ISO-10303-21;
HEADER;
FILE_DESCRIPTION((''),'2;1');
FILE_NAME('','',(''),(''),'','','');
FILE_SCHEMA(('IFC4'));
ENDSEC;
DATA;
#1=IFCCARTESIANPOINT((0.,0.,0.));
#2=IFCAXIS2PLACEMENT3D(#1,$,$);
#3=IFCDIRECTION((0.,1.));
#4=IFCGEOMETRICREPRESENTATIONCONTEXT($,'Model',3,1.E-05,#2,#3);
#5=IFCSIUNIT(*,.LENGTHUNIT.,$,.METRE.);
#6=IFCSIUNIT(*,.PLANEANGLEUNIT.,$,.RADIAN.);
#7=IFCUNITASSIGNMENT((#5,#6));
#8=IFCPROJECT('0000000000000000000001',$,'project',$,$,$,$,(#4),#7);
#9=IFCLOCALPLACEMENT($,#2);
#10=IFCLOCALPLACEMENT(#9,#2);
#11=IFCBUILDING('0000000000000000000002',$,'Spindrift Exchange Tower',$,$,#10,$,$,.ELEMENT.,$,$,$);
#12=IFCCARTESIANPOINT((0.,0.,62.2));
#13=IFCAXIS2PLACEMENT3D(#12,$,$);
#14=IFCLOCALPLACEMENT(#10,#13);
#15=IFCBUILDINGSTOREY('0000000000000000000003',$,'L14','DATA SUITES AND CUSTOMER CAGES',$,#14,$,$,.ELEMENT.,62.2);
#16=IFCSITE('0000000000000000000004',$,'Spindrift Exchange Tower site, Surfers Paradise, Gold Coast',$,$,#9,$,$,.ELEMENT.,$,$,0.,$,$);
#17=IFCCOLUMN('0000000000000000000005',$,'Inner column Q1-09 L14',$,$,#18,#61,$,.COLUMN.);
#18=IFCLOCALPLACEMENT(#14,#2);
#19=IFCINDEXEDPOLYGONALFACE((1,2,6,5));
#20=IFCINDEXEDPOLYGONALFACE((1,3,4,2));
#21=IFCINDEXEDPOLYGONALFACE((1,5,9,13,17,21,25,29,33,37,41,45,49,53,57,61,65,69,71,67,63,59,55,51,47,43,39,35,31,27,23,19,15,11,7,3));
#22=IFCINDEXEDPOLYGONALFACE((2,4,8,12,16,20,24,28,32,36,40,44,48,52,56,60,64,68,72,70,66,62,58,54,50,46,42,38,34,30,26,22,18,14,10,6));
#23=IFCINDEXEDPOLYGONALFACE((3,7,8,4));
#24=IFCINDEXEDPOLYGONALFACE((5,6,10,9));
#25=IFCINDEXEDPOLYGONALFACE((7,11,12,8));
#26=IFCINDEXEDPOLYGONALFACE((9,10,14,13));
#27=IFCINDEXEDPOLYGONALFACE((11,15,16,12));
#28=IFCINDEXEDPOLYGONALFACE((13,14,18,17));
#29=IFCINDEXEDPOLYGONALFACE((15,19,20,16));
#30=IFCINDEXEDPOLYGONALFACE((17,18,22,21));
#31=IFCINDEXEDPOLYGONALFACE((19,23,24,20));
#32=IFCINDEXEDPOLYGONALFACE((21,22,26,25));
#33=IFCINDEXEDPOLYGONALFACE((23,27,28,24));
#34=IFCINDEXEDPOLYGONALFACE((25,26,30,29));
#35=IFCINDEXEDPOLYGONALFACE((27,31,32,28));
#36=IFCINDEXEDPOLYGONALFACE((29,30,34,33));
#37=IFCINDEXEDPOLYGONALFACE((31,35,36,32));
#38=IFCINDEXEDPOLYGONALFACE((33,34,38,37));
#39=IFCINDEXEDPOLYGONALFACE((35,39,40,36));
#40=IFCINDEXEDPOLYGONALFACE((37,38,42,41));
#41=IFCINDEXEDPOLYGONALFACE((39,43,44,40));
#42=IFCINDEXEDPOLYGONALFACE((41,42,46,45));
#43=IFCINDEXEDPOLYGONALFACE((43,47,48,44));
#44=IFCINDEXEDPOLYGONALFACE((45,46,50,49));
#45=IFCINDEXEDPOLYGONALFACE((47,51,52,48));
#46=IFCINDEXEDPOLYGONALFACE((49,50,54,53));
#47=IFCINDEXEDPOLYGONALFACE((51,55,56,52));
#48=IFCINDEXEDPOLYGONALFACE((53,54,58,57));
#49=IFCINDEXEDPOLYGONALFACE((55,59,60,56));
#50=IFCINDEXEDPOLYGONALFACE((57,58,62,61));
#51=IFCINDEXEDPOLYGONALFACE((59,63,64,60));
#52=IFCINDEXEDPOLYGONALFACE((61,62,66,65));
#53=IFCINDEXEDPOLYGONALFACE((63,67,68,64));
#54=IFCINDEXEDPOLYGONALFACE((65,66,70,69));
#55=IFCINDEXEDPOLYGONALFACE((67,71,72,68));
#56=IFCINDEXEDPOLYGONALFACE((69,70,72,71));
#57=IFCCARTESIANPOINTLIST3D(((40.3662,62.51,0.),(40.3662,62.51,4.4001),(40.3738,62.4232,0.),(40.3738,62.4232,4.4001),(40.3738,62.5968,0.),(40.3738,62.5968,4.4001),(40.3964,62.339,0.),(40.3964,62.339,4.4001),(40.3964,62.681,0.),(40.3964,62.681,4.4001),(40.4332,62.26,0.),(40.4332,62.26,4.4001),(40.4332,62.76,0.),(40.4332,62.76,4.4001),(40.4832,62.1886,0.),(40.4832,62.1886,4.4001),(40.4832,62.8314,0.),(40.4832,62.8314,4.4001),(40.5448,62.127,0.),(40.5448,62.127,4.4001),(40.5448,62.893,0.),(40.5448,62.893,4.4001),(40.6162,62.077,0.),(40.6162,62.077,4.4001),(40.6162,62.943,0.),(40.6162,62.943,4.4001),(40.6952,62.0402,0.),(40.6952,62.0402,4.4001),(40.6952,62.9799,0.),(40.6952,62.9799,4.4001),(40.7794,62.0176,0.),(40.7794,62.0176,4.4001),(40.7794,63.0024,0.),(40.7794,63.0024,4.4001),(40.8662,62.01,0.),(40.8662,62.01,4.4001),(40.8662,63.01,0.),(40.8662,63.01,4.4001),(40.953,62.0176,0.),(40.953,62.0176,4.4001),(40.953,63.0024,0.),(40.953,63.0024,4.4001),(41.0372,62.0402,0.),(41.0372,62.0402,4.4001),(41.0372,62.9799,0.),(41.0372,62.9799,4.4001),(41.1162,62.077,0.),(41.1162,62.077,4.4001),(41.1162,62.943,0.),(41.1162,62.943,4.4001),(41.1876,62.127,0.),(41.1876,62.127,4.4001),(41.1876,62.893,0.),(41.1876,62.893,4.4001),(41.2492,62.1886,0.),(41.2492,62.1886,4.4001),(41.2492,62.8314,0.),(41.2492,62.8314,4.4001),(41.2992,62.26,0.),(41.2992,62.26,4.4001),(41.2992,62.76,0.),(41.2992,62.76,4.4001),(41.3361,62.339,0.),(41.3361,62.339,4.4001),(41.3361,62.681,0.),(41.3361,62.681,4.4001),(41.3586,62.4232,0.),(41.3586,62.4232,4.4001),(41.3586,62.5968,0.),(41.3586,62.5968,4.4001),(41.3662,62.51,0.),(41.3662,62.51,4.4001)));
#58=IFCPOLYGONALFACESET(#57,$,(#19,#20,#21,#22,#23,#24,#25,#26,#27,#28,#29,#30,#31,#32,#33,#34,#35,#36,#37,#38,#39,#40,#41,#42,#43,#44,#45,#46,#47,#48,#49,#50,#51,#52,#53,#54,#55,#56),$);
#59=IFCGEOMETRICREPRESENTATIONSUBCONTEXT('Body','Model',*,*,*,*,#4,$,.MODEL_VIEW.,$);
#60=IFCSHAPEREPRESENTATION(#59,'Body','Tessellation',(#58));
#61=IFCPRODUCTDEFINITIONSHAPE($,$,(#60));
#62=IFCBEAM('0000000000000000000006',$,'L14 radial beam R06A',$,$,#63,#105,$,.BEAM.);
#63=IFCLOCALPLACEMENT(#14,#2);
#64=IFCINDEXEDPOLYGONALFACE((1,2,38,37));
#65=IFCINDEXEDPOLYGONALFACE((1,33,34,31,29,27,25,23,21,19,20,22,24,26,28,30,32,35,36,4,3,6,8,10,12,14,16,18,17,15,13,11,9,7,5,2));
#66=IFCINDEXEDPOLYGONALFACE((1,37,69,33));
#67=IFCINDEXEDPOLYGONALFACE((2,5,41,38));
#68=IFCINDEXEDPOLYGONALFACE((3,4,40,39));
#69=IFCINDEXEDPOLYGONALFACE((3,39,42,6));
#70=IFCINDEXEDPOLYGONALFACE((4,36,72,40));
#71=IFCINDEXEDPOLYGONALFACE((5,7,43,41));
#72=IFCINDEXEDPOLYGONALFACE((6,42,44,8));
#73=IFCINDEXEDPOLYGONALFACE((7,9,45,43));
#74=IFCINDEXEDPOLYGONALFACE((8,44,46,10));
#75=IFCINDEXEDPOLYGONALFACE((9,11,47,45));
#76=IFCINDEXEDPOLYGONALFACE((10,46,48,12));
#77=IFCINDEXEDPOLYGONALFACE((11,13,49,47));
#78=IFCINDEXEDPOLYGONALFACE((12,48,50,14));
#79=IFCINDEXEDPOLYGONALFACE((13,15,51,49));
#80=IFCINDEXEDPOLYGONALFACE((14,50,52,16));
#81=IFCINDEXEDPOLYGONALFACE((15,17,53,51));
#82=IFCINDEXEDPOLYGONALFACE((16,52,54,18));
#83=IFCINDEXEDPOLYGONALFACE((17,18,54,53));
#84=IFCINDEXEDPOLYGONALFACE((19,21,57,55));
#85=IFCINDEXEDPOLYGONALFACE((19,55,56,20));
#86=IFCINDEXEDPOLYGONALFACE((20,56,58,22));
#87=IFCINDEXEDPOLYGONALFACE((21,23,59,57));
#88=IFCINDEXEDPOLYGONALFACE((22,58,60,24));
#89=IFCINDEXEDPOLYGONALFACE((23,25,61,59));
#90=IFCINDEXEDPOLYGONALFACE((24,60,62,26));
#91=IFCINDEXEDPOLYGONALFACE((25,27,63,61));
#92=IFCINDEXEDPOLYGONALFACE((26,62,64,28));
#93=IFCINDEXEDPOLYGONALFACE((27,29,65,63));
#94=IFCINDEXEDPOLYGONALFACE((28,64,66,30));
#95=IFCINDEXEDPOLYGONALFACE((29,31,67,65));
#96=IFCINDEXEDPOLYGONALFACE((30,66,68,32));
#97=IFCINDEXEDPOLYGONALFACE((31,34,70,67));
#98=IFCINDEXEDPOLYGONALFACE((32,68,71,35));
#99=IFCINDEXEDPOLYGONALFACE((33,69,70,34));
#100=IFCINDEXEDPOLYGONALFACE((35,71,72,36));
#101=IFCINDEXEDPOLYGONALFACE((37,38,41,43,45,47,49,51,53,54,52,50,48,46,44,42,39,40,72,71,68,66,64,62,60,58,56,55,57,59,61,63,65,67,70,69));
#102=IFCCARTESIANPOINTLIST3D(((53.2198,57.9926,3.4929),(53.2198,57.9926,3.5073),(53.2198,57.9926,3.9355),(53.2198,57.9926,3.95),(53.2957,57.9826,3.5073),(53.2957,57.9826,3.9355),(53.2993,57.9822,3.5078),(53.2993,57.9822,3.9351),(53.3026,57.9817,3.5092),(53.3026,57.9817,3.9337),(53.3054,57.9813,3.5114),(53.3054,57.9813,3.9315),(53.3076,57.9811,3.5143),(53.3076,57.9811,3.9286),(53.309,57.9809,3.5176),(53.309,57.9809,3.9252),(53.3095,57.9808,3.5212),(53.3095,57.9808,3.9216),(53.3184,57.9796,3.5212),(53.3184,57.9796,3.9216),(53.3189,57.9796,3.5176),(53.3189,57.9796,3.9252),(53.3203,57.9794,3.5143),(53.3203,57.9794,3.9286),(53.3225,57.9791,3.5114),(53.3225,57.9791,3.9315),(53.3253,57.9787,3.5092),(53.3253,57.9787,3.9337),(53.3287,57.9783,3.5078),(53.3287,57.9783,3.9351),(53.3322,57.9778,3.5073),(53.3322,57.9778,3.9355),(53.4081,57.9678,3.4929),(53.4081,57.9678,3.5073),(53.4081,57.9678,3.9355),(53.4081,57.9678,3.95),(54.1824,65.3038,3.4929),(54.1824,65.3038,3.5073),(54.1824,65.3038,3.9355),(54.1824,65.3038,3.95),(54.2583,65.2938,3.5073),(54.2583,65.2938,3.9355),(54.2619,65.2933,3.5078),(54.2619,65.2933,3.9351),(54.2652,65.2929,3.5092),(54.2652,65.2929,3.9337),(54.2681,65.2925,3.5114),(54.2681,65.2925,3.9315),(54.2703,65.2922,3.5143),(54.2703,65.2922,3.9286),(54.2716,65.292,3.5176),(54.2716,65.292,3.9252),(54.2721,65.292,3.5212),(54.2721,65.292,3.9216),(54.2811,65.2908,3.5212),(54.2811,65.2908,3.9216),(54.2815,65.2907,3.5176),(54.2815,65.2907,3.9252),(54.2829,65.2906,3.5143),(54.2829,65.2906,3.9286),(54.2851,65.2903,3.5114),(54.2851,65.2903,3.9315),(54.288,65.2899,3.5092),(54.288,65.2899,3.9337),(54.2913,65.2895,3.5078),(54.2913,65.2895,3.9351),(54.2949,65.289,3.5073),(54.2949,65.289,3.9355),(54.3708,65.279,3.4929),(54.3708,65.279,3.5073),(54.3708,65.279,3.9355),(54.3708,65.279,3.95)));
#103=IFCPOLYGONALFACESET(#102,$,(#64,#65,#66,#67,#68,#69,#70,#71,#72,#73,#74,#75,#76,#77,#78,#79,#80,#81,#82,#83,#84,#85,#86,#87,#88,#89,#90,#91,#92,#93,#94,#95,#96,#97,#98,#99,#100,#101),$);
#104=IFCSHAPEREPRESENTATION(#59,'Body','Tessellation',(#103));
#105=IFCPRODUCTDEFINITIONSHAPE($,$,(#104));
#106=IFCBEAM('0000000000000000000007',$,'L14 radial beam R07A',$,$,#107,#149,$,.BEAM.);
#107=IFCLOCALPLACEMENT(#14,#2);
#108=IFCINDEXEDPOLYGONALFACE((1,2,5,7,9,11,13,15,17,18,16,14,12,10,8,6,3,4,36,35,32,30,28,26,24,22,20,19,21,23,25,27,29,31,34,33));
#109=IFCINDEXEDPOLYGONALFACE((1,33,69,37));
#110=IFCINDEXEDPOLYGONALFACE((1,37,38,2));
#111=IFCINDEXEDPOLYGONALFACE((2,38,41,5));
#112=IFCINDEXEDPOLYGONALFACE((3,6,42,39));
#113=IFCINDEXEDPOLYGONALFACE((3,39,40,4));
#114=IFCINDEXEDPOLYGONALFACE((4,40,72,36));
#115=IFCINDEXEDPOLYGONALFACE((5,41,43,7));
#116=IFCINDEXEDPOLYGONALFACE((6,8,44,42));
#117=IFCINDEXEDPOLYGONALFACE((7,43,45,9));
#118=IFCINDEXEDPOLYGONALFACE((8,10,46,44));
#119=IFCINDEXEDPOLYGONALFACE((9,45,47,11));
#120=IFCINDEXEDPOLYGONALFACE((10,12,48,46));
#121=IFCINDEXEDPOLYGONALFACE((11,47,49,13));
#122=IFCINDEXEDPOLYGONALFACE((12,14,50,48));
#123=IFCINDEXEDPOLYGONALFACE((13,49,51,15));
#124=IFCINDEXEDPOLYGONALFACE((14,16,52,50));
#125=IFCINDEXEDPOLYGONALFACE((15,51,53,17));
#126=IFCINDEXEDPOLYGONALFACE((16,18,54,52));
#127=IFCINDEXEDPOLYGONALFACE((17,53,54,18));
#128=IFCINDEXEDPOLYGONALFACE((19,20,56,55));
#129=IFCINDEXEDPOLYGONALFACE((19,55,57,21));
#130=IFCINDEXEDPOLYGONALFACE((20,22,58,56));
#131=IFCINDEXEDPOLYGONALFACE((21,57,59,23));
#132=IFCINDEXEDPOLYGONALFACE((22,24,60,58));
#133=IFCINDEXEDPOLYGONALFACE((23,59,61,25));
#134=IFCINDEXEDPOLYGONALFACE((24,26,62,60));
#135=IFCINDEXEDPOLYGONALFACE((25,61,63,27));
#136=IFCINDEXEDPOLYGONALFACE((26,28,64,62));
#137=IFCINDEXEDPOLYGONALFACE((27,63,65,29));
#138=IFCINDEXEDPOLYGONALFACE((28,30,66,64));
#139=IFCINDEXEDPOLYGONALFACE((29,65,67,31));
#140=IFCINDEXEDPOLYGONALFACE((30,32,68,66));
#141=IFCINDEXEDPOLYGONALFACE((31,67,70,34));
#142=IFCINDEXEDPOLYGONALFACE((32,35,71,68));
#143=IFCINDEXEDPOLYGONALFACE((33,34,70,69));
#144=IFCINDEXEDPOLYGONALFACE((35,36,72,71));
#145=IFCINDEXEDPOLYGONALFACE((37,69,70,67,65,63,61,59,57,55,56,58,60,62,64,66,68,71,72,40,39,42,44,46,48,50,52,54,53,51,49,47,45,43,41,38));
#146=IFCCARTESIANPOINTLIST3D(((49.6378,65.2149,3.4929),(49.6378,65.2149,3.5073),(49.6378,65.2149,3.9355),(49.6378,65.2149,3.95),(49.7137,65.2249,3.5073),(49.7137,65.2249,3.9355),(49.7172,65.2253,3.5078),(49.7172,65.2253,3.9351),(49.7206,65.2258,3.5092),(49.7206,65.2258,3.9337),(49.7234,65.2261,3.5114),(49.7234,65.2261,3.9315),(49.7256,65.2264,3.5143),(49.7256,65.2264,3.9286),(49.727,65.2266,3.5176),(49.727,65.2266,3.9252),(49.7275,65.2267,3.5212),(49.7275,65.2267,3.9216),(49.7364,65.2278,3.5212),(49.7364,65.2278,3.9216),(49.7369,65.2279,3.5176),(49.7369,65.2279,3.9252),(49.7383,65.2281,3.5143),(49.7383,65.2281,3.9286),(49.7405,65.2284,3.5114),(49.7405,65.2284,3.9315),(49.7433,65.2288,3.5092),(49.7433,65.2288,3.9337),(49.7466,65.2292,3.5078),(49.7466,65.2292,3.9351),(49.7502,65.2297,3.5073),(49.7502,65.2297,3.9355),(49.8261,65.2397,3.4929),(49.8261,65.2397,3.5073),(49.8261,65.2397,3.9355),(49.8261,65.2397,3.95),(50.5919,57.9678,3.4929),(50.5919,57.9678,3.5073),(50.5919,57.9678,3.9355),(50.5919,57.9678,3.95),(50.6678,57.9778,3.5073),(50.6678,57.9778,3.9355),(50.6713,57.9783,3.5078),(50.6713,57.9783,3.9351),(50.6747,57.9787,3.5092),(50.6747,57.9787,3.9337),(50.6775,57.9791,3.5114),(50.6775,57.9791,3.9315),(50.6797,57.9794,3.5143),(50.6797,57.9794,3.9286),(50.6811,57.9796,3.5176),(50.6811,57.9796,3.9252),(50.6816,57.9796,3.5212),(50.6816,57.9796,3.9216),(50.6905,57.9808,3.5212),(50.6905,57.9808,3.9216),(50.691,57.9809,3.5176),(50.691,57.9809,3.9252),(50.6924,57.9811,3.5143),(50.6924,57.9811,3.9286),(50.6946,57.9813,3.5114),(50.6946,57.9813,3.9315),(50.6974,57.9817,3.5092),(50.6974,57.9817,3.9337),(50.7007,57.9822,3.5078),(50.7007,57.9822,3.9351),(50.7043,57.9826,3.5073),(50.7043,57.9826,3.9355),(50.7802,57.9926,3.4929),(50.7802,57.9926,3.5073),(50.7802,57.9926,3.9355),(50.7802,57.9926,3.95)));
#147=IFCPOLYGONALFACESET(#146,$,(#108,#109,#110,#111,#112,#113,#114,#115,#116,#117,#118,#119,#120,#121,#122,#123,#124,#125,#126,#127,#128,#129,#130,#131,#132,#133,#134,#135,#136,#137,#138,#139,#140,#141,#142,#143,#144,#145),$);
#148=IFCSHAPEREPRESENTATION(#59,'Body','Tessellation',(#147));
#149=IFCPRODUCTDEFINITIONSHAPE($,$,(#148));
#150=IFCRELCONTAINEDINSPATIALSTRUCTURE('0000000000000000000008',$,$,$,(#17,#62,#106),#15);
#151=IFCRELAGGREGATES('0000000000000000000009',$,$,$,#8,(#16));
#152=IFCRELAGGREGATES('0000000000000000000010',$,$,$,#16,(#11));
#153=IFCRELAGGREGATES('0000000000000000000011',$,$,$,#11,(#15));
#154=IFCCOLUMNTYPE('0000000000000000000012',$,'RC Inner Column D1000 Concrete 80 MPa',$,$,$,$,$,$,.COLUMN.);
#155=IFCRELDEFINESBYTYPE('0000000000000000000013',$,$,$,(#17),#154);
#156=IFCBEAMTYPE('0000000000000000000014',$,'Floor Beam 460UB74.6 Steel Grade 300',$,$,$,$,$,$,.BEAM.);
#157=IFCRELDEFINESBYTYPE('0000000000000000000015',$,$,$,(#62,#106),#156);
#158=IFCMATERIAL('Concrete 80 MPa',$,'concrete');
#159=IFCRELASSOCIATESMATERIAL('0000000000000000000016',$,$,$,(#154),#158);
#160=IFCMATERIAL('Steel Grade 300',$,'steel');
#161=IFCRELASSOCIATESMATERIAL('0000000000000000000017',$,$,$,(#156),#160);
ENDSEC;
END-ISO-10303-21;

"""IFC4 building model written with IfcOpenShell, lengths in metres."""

from ifc_helpers import new_model, si_unit, direction, frame, origin, origin_2d, place, context, subcontext, project, spatial, circle, i_section, extrude, source, transform, mapped, material, material_profile, profile_set, type_object, element, save


model = new_model("IFC4")

# Units and contexts
model_context = context("Model", 3, precision=1e-05, world=origin(), true_north=direction((0.0, 1.0)))
body_context = subcontext(model_context, "Body", "Model", "MODEL_VIEW")
ifc_project = project(units=[si_unit("LENGTHUNIT", "METRE"), si_unit("PLANEANGLEUNIT", "RADIAN")], contexts=[model_context])

# Site, building, storey
site_placement = place(None, origin())
site = spatial("IfcSite", under=ifc_project, at=site_placement, Name="Spindrift Exchange Tower site, Surfers Paradise, Gold Coast", CompositionType="ELEMENT", RefElevation=0.0)
building_placement = place(site_placement, origin())
building = spatial("IfcBuilding", under=site, at=building_placement, Name="Spindrift Exchange Tower", CompositionType="ELEMENT")
storey_placement = place(building_placement, frame((0.0, 0.0, 62.2)))
storey = spatial("IfcBuildingStorey", under=building, at=storey_placement, Name="L14", Description="DATA SUITES AND CUSTOMER CAGES", CompositionType="ELEMENT", Elevation=62.2)

# Column
ifc_material_1 = material(Name="Concrete 80 MPa", Category="concrete")
ifc_material_profile_1 = material_profile(ifc_material_1, circle(Radius=0.5, at=origin_2d()), Name="RC D1000")
ifc_profile_set_1 = profile_set([ifc_material_profile_1], Name="Concrete 80 MPa")
column_type_1 = type_object("IfcColumnType", Name="RC Inner Column D1000 Concrete 80 MPa", PredefinedType="COLUMN", material=ifc_profile_set_1)
shared_shape_1 = source(origin(), body_context, "Body", "SweptSolid", [
    extrude(circle(Radius=0.5, at=origin_2d()), origin(), (0.0, 0.0, 1.0), 4.4001),
])
for number, where, z_axis, x_axis, name in (
    (1, (40.8662, 62.51, 0.0), (0.0, 0.0, 1.0), (1.0, 0.0, 0.0), "Inner column Q1-09 L14"),
):
    element("IfcColumn", number, at=place(storey_placement, frame(where, z_axis=z_axis, x_axis=x_axis)), inside=storey, type_object=column_type_1, Name=name, PredefinedType="COLUMN", context=body_context, shape_type="MappedRepresentation", body=[
        mapped(shared_shape_1, transform((0.0, 0.0, 0.0), scale=1.0)),
    ])

# Beams
ifc_material_2 = material(Name="Steel Grade 300", Category="steel")
ifc_material_profile_2 = material_profile(ifc_material_2, i_section(OverallWidth=0.1899, OverallDepth=0.457, WebThickness=0.009, FlangeThickness=0.0144, FilletRadius=0.0139, at=origin_2d()), Name="460UB74.6")
ifc_profile_set_2 = profile_set([ifc_material_profile_2], Name="Steel Grade 300")
beam_type_1 = type_object("IfcBeamType", Name="Floor Beam 460UB74.6 Steel Grade 300", PredefinedType="BEAM", material=ifc_profile_set_2)
shared_shape_2 = source(origin(), body_context, "Body", "SweptSolid", [
    extrude(i_section(OverallWidth=0.1899, OverallDepth=0.457, WebThickness=0.009, FlangeThickness=0.0144, FilletRadius=0.0139, at=origin_2d()), origin(), (0.0, 0.0, 1.0), 7.3743),
])
beam_1_placement = place(storey_placement, frame((53.314, 57.9802, 3.7214), z_axis=(0.130539, 0.991443, 0.0), x_axis=(-0.991443, 0.130539, 0.0)))
element("IfcBeam", 2, at=beam_1_placement, inside=storey, type_object=beam_type_1, Name="L14 radial beam R06A", PredefinedType="BEAM", context=body_context, shape_type="MappedRepresentation", body=[
    mapped(shared_shape_2, transform((0.0, 0.0, 0.0), scale=1.0)),
])
shared_shape_3 = source(origin(), body_context, "Body", "SweptSolid", [
    extrude(i_section(OverallWidth=0.1899, OverallDepth=0.457, WebThickness=0.009, FlangeThickness=0.0144, FilletRadius=0.0139, at=origin_2d()), origin(), (0.0, 0.0, 1.0), 7.3096),
])
beam_2_placement = place(storey_placement, frame((50.686, 57.9802, 3.7214), z_axis=(-0.130527, 0.991445, 0.0), x_axis=(-0.991445, -0.130527, 0.0)))
element("IfcBeam", 3, at=beam_2_placement, inside=storey, type_object=beam_type_1, Name="L14 radial beam R07A", PredefinedType="BEAM", context=body_context, shape_type="MappedRepresentation", body=[
    mapped(shared_shape_3, transform((0.0, 0.0, 0.0), scale=1.0)),
])

save(model, "model.ifc")
